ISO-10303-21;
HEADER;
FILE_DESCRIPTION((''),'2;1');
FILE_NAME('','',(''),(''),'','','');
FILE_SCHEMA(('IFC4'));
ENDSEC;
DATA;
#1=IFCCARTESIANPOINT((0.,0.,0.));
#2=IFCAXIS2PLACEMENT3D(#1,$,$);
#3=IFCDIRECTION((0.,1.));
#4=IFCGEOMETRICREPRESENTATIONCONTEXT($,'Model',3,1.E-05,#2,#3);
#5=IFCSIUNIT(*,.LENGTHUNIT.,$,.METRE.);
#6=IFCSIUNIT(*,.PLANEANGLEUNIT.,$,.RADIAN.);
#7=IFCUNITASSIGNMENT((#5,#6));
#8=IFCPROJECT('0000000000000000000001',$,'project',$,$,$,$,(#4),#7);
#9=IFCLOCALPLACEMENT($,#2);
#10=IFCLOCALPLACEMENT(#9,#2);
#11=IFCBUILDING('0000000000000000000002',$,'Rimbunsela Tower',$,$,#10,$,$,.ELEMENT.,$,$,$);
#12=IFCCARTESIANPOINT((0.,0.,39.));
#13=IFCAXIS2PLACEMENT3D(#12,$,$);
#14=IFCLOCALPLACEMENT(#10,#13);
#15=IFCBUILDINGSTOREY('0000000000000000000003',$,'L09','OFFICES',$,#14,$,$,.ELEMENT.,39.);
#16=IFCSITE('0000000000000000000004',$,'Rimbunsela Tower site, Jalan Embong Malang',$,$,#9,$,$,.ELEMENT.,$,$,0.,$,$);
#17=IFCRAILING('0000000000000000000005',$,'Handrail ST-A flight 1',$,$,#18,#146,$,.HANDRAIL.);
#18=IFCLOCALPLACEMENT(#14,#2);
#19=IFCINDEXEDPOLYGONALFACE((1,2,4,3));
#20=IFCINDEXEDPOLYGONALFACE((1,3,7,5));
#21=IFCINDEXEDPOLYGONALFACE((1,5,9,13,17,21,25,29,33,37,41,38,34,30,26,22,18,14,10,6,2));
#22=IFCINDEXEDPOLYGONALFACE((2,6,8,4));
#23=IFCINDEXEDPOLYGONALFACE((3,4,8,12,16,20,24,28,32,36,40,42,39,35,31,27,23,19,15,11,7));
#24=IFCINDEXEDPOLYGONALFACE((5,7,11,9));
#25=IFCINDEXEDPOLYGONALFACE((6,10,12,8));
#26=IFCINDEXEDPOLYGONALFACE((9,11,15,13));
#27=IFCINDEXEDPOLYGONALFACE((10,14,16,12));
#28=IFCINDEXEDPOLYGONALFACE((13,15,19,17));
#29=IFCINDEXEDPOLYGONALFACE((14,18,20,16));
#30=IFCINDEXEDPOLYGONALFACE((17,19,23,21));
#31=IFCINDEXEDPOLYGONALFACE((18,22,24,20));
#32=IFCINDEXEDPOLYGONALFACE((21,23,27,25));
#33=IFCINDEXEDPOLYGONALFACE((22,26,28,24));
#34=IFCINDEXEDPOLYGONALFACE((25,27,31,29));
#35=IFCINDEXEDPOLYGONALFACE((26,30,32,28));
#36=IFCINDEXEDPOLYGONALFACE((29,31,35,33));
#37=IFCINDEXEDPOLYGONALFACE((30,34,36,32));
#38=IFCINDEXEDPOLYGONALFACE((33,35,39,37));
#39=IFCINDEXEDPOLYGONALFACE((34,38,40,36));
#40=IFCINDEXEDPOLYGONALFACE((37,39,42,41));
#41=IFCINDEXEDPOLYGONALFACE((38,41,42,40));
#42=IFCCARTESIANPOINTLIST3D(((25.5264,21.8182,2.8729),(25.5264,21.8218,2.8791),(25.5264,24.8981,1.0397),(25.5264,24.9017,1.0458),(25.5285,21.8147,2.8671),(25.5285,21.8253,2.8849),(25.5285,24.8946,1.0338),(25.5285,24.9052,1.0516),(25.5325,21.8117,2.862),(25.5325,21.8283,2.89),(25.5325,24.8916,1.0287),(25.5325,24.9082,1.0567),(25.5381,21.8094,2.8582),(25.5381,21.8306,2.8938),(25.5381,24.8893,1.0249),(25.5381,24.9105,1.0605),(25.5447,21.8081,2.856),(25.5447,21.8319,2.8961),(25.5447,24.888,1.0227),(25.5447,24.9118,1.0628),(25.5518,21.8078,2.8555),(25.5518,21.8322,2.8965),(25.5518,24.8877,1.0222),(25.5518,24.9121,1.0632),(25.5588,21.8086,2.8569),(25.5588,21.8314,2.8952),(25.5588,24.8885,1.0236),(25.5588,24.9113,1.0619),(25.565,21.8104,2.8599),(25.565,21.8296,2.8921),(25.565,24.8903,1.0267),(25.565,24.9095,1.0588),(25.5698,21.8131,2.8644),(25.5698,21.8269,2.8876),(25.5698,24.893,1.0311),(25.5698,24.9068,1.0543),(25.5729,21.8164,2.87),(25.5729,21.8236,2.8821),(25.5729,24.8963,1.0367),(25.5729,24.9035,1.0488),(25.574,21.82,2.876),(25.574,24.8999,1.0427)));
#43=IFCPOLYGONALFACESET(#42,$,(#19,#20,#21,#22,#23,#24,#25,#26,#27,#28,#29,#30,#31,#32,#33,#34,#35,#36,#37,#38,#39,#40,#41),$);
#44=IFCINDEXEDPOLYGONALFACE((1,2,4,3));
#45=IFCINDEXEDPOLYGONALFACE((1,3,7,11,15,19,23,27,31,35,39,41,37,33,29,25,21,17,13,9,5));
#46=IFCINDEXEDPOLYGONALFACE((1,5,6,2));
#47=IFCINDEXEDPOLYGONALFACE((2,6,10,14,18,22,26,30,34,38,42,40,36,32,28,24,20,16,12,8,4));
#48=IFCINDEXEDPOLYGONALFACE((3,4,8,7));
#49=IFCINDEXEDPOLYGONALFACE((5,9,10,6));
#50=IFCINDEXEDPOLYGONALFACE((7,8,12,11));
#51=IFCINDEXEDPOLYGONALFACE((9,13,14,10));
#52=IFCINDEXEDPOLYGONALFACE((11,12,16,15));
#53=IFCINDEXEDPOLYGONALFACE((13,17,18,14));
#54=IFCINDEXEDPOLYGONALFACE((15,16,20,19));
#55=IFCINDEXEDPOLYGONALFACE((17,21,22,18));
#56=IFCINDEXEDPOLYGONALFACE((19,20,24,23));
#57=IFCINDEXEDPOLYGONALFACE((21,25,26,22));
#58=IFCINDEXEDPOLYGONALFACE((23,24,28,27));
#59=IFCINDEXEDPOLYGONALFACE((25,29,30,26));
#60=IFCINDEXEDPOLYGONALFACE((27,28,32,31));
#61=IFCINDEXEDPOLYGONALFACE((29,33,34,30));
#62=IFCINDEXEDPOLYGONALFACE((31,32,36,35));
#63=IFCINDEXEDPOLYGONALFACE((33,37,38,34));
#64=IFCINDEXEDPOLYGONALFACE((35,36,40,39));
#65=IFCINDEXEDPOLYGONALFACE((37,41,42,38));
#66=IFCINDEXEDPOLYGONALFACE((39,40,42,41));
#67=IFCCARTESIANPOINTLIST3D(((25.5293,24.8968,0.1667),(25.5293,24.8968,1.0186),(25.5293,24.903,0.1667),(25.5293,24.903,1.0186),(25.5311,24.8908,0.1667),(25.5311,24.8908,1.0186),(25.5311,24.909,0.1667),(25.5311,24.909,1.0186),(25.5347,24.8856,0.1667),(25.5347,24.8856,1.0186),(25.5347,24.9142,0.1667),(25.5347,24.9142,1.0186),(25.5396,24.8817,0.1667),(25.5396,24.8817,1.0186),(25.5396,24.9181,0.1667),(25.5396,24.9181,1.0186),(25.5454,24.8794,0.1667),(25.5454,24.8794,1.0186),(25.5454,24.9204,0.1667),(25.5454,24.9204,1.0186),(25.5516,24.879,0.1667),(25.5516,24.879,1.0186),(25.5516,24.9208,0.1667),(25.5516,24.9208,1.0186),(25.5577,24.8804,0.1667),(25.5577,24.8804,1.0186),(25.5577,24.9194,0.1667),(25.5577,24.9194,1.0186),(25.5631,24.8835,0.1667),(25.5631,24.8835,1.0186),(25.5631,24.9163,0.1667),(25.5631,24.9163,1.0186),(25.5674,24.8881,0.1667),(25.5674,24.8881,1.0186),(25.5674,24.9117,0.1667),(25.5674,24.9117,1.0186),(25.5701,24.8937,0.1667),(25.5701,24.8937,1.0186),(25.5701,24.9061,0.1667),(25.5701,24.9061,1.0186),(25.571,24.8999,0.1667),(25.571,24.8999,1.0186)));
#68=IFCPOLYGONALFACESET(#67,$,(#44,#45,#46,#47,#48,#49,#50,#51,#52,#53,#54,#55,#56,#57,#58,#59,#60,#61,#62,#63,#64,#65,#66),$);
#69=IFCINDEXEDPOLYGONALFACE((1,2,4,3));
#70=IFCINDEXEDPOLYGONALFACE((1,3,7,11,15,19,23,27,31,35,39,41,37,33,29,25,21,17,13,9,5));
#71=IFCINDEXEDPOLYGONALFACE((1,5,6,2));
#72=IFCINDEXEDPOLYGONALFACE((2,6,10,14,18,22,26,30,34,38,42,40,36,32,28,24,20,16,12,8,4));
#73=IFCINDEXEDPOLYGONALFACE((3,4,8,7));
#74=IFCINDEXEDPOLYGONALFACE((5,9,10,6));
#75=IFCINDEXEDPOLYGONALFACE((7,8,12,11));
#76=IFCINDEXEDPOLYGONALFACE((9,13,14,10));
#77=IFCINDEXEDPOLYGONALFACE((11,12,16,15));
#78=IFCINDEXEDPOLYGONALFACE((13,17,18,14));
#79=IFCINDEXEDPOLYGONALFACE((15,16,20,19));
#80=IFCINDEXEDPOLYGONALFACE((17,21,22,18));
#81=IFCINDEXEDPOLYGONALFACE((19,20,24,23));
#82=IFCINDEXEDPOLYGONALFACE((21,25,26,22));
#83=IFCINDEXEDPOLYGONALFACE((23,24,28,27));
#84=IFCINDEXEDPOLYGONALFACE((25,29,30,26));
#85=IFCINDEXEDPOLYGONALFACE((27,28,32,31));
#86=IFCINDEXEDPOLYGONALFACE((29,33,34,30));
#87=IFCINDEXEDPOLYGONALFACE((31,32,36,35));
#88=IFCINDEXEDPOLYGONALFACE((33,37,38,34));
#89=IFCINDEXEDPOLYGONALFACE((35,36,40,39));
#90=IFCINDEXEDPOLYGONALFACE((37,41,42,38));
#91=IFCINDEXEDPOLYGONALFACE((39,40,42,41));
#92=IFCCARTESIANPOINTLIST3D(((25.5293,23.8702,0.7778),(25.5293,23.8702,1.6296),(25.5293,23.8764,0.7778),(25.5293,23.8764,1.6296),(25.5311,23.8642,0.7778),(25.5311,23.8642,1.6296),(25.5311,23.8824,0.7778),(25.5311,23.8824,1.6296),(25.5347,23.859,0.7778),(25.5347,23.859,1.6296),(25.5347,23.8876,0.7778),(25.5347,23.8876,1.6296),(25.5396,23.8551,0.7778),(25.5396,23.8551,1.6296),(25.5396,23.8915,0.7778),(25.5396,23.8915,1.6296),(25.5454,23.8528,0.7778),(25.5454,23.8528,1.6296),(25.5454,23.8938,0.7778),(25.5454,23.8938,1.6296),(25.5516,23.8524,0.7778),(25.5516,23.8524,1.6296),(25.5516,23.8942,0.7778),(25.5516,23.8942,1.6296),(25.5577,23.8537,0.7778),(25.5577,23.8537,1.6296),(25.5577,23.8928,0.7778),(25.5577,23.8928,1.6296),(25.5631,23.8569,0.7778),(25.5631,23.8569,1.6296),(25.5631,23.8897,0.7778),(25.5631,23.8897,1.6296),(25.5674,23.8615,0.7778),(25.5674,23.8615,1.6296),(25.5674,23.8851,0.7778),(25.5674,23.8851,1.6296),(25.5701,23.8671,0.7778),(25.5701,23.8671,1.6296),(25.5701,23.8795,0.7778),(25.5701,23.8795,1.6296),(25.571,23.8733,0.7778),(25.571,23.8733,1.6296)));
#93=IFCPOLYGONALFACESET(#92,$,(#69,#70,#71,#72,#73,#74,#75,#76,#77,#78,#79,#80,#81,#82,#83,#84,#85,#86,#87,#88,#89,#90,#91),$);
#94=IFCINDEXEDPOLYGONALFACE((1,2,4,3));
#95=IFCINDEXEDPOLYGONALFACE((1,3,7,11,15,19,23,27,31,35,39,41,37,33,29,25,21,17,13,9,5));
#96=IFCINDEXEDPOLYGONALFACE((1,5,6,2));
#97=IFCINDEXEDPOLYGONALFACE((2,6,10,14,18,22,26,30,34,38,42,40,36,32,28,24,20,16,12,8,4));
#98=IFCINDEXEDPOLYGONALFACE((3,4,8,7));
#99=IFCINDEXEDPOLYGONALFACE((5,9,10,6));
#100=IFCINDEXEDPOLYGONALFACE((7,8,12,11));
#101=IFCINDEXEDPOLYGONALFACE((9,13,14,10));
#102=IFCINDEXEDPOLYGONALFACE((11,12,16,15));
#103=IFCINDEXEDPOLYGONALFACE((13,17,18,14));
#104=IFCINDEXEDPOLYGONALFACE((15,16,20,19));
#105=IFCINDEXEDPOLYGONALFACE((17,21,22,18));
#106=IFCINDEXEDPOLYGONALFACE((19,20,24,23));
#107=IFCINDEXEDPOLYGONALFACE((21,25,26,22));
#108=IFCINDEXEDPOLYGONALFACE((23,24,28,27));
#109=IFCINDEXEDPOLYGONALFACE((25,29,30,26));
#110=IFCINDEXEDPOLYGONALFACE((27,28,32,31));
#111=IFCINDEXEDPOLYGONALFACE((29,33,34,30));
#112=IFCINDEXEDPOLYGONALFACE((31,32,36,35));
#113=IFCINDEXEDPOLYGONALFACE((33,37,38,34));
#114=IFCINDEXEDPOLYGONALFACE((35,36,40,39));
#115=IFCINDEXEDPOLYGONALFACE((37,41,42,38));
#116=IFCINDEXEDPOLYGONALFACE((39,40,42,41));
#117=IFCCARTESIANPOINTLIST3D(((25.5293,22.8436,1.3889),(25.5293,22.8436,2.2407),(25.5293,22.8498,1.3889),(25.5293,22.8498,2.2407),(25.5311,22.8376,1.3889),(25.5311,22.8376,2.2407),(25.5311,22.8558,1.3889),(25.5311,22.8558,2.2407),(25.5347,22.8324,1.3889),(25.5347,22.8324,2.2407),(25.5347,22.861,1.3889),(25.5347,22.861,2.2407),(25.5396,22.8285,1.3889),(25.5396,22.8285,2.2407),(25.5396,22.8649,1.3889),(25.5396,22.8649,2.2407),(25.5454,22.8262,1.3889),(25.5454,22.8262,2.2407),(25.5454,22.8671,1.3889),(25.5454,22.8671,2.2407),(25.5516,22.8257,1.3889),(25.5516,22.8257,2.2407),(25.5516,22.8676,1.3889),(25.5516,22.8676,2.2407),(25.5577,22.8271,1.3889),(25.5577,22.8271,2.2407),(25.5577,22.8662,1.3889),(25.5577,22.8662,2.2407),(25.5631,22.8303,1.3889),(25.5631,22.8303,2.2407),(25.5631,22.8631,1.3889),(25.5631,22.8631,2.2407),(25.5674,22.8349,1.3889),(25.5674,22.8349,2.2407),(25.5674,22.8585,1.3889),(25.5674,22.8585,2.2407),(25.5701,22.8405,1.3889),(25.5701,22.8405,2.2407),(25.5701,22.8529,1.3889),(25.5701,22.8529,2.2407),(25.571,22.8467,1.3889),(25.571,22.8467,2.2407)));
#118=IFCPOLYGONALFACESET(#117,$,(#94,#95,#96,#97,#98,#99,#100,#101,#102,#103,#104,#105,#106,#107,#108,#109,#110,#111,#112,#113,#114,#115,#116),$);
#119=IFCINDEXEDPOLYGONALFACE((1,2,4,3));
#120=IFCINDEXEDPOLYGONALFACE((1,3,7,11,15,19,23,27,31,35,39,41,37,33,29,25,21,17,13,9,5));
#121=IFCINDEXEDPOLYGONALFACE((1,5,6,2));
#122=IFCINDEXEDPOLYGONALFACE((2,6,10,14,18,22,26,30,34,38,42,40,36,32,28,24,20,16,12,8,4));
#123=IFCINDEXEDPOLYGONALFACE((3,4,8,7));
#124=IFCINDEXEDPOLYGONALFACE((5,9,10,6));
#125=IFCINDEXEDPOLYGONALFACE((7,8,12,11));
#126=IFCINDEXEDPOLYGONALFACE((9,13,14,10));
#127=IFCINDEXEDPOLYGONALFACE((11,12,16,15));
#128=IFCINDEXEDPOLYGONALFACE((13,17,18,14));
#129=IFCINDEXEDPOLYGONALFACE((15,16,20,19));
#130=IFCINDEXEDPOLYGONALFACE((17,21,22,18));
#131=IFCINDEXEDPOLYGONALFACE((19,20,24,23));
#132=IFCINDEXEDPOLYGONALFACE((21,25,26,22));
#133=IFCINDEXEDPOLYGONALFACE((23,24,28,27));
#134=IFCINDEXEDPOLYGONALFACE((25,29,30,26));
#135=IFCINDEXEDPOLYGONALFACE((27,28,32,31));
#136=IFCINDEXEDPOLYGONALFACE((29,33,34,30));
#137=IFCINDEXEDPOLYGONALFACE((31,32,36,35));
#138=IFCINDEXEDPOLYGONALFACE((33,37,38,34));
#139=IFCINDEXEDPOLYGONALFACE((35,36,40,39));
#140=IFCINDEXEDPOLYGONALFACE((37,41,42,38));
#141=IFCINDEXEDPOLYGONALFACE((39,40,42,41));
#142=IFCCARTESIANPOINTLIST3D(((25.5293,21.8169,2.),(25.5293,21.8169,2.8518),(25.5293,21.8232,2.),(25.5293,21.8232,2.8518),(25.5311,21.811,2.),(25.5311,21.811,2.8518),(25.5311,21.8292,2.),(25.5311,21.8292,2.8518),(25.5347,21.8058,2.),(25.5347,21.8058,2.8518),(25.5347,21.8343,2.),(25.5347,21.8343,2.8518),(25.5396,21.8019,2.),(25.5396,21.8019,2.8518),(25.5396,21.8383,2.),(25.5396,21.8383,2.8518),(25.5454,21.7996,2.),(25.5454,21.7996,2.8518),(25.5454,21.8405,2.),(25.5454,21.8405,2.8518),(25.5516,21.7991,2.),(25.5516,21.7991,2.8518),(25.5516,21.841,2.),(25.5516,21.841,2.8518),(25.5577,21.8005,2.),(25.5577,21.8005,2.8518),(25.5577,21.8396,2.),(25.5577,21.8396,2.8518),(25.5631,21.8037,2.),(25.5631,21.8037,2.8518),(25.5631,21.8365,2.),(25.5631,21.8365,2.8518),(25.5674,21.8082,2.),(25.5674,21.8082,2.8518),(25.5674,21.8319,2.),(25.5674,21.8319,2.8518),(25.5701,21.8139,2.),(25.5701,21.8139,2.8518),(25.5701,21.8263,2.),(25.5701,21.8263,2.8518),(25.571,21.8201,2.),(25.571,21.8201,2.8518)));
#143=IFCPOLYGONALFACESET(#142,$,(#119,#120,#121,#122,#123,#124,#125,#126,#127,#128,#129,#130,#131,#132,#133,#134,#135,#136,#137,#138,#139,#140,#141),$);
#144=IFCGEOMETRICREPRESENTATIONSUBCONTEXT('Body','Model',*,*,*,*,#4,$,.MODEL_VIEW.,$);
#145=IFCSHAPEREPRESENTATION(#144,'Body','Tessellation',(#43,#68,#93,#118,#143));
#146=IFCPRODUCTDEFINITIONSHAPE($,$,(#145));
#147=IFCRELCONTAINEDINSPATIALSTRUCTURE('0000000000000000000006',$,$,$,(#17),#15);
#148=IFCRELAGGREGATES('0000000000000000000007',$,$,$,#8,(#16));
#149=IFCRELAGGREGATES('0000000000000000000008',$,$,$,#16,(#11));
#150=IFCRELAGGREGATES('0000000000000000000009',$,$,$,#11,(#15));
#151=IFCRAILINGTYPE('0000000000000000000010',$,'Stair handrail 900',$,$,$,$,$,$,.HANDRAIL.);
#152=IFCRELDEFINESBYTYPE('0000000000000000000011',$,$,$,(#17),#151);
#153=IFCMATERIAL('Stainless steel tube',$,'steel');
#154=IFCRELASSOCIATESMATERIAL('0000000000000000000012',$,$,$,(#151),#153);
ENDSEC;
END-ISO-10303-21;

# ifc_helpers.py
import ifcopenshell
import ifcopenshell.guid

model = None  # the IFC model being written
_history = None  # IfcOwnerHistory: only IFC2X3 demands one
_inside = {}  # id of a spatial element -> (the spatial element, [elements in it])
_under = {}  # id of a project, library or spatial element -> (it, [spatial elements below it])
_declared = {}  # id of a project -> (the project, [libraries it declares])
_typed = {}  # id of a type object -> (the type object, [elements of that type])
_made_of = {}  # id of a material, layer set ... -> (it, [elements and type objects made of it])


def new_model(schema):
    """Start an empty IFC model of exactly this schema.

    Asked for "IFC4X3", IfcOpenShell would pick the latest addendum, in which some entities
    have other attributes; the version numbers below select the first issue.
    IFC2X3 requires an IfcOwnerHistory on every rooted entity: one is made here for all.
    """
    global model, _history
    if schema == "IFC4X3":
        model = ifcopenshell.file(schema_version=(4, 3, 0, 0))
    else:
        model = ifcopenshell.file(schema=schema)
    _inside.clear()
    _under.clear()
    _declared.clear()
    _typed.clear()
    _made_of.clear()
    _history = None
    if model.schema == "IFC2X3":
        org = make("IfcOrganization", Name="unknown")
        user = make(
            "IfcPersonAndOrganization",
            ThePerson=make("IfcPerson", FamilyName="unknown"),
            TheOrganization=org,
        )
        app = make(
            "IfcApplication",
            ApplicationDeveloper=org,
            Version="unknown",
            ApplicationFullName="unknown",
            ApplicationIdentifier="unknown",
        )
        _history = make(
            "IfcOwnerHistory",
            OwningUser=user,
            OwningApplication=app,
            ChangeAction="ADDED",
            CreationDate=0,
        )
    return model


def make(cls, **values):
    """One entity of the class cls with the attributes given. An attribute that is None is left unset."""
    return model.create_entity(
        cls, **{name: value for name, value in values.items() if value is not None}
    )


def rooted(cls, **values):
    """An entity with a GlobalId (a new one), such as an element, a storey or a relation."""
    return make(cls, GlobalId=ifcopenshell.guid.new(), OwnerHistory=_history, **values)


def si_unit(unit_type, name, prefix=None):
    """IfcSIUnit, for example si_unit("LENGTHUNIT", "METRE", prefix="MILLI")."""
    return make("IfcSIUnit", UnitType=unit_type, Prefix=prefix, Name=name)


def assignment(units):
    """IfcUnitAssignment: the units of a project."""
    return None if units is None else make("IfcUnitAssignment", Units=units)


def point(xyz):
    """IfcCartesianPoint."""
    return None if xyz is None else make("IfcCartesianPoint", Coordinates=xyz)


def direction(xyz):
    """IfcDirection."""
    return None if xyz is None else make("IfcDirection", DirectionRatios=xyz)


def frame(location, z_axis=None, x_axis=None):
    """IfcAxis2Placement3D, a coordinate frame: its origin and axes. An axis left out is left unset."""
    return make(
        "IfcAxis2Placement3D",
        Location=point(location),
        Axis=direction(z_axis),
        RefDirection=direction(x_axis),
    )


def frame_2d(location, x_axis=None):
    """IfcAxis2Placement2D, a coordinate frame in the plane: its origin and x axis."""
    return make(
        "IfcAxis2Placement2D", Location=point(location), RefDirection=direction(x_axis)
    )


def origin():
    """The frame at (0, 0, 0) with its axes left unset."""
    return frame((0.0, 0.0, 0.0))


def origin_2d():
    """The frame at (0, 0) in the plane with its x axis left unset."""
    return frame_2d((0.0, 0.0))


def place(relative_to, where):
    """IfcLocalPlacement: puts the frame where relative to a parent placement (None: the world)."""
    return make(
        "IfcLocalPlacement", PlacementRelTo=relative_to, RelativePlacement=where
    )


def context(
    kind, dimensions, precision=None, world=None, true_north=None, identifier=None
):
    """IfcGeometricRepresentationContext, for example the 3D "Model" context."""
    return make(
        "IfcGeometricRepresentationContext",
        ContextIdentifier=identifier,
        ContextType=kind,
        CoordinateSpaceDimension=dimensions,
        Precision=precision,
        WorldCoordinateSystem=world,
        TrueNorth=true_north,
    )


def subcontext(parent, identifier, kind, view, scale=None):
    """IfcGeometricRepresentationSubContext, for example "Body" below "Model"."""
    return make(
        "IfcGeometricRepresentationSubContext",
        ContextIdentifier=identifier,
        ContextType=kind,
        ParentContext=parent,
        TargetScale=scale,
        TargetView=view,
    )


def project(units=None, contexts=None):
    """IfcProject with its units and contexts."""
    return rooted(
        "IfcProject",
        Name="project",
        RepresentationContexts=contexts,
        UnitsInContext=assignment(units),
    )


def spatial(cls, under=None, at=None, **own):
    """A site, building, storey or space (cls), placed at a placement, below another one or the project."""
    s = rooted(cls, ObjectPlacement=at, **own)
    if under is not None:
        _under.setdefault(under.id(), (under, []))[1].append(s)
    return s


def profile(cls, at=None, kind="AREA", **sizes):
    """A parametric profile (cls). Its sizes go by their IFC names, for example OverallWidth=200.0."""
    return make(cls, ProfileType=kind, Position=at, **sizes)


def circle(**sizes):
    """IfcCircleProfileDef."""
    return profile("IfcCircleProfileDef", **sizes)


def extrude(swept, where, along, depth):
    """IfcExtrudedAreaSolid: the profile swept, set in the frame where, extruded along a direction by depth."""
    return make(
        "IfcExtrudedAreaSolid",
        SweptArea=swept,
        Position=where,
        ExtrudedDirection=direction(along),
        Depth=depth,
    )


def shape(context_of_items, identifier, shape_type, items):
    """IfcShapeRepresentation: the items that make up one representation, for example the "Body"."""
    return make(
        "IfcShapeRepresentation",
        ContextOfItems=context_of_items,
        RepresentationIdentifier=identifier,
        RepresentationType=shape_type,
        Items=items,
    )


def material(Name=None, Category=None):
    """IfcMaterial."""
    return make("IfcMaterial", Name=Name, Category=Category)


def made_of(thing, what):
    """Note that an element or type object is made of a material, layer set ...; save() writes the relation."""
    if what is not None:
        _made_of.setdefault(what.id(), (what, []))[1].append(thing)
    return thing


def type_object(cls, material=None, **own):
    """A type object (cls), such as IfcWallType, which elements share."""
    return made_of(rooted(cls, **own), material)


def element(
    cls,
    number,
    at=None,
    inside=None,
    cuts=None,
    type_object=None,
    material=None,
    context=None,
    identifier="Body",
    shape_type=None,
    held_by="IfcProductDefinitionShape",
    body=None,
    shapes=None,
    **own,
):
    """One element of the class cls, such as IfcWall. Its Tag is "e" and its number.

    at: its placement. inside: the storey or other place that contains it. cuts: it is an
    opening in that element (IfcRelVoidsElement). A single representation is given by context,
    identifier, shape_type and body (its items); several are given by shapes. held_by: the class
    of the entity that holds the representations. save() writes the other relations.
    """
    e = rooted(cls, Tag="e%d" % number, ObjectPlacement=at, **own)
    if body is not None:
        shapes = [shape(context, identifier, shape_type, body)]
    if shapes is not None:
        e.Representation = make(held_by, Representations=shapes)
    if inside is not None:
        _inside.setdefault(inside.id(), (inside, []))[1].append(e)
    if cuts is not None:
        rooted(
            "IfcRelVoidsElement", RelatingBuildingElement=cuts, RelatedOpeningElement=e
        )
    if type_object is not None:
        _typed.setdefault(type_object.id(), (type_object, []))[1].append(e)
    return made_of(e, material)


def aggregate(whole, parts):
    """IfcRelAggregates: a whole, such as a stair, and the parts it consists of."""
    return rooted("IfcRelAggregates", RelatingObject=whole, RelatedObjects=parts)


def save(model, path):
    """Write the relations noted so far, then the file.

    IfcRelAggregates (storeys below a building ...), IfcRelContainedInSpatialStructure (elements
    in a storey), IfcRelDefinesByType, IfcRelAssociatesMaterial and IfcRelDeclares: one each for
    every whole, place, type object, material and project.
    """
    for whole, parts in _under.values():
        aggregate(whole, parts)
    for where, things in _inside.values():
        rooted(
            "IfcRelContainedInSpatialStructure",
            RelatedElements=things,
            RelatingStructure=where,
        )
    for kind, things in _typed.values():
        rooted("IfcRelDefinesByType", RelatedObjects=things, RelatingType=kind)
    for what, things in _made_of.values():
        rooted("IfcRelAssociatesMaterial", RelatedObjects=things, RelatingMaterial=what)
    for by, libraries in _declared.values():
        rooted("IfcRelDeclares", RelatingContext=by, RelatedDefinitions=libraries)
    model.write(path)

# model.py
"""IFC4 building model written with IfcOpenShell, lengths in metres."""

from ifc_helpers import new_model, si_unit, direction, frame, origin, origin_2d, place, context, subcontext, project, spatial, circle, extrude, material, type_object, element, save


model = new_model("IFC4")

# Units and contexts
model_context = context("Model", 3, precision=1e-05, world=origin(), true_north=direction((0.0, 1.0)))
body_context = subcontext(model_context, "Body", "Model", "MODEL_VIEW")
ifc_project = project(units=[si_unit("LENGTHUNIT", "METRE"), si_unit("PLANEANGLEUNIT", "RADIAN")], contexts=[model_context])

# Site, building, storey
site_placement = place(None, origin())
site = spatial("IfcSite", under=ifc_project, at=site_placement, Name="Rimbunsela Tower site, Jalan Embong Malang", CompositionType="ELEMENT", RefElevation=0.0)
building_placement = place(site_placement, origin())
building = spatial("IfcBuilding", under=site, at=building_placement, Name="Rimbunsela Tower", CompositionType="ELEMENT")
storey_placement = place(building_placement, frame((0.0, 0.0, 39.0)))
storey = spatial("IfcBuildingStorey", under=building, at=storey_placement, Name="L09", Description="OFFICES", CompositionType="ELEMENT", Elevation=39.0)

# Railing
ifc_material_1 = material(Name="Stainless steel tube", Category="steel")
railing_type = type_object("IfcRailingType", Name="Stair handrail 900", PredefinedType="HANDRAIL", material=ifc_material_1)
railing_1_placement = place(storey_placement, frame((25.55, 24.8999, 0.1667)))
element("IfcRailing", 1, at=railing_1_placement, inside=storey, type_object=railing_type, Name="Handrail ST-A flight 1", PredefinedType="HANDRAIL", context=body_context, shape_type="SweptSolid", body=[
    extrude(circle(Radius=0.0239, at=origin_2d()), frame((0.0, 0.0, 0.876), z_axis=(0.0, -0.859291, 0.511487), x_axis=(1.0, 0.0, 0.0)), (0.0, 0.0, 1.0), 3.5842),
    extrude(circle(Radius=0.021, at=origin_2d()), origin(), (0.0, 0.0, 1.0), 0.8518),
    extrude(circle(Radius=0.021, at=origin_2d()), frame((0.0, -1.0266, 0.6111)), (0.0, 0.0, 1.0), 0.8518),
    extrude(circle(Radius=0.021, at=origin_2d()), frame((0.0, -2.0532, 1.2222)), (0.0, 0.0, 1.0), 0.8518),
    extrude(circle(Radius=0.021, at=origin_2d()), frame((0.0, -3.0798, 1.8333)), (0.0, 0.0, 1.0), 0.8518),
])

save(model, "model.ifc")
